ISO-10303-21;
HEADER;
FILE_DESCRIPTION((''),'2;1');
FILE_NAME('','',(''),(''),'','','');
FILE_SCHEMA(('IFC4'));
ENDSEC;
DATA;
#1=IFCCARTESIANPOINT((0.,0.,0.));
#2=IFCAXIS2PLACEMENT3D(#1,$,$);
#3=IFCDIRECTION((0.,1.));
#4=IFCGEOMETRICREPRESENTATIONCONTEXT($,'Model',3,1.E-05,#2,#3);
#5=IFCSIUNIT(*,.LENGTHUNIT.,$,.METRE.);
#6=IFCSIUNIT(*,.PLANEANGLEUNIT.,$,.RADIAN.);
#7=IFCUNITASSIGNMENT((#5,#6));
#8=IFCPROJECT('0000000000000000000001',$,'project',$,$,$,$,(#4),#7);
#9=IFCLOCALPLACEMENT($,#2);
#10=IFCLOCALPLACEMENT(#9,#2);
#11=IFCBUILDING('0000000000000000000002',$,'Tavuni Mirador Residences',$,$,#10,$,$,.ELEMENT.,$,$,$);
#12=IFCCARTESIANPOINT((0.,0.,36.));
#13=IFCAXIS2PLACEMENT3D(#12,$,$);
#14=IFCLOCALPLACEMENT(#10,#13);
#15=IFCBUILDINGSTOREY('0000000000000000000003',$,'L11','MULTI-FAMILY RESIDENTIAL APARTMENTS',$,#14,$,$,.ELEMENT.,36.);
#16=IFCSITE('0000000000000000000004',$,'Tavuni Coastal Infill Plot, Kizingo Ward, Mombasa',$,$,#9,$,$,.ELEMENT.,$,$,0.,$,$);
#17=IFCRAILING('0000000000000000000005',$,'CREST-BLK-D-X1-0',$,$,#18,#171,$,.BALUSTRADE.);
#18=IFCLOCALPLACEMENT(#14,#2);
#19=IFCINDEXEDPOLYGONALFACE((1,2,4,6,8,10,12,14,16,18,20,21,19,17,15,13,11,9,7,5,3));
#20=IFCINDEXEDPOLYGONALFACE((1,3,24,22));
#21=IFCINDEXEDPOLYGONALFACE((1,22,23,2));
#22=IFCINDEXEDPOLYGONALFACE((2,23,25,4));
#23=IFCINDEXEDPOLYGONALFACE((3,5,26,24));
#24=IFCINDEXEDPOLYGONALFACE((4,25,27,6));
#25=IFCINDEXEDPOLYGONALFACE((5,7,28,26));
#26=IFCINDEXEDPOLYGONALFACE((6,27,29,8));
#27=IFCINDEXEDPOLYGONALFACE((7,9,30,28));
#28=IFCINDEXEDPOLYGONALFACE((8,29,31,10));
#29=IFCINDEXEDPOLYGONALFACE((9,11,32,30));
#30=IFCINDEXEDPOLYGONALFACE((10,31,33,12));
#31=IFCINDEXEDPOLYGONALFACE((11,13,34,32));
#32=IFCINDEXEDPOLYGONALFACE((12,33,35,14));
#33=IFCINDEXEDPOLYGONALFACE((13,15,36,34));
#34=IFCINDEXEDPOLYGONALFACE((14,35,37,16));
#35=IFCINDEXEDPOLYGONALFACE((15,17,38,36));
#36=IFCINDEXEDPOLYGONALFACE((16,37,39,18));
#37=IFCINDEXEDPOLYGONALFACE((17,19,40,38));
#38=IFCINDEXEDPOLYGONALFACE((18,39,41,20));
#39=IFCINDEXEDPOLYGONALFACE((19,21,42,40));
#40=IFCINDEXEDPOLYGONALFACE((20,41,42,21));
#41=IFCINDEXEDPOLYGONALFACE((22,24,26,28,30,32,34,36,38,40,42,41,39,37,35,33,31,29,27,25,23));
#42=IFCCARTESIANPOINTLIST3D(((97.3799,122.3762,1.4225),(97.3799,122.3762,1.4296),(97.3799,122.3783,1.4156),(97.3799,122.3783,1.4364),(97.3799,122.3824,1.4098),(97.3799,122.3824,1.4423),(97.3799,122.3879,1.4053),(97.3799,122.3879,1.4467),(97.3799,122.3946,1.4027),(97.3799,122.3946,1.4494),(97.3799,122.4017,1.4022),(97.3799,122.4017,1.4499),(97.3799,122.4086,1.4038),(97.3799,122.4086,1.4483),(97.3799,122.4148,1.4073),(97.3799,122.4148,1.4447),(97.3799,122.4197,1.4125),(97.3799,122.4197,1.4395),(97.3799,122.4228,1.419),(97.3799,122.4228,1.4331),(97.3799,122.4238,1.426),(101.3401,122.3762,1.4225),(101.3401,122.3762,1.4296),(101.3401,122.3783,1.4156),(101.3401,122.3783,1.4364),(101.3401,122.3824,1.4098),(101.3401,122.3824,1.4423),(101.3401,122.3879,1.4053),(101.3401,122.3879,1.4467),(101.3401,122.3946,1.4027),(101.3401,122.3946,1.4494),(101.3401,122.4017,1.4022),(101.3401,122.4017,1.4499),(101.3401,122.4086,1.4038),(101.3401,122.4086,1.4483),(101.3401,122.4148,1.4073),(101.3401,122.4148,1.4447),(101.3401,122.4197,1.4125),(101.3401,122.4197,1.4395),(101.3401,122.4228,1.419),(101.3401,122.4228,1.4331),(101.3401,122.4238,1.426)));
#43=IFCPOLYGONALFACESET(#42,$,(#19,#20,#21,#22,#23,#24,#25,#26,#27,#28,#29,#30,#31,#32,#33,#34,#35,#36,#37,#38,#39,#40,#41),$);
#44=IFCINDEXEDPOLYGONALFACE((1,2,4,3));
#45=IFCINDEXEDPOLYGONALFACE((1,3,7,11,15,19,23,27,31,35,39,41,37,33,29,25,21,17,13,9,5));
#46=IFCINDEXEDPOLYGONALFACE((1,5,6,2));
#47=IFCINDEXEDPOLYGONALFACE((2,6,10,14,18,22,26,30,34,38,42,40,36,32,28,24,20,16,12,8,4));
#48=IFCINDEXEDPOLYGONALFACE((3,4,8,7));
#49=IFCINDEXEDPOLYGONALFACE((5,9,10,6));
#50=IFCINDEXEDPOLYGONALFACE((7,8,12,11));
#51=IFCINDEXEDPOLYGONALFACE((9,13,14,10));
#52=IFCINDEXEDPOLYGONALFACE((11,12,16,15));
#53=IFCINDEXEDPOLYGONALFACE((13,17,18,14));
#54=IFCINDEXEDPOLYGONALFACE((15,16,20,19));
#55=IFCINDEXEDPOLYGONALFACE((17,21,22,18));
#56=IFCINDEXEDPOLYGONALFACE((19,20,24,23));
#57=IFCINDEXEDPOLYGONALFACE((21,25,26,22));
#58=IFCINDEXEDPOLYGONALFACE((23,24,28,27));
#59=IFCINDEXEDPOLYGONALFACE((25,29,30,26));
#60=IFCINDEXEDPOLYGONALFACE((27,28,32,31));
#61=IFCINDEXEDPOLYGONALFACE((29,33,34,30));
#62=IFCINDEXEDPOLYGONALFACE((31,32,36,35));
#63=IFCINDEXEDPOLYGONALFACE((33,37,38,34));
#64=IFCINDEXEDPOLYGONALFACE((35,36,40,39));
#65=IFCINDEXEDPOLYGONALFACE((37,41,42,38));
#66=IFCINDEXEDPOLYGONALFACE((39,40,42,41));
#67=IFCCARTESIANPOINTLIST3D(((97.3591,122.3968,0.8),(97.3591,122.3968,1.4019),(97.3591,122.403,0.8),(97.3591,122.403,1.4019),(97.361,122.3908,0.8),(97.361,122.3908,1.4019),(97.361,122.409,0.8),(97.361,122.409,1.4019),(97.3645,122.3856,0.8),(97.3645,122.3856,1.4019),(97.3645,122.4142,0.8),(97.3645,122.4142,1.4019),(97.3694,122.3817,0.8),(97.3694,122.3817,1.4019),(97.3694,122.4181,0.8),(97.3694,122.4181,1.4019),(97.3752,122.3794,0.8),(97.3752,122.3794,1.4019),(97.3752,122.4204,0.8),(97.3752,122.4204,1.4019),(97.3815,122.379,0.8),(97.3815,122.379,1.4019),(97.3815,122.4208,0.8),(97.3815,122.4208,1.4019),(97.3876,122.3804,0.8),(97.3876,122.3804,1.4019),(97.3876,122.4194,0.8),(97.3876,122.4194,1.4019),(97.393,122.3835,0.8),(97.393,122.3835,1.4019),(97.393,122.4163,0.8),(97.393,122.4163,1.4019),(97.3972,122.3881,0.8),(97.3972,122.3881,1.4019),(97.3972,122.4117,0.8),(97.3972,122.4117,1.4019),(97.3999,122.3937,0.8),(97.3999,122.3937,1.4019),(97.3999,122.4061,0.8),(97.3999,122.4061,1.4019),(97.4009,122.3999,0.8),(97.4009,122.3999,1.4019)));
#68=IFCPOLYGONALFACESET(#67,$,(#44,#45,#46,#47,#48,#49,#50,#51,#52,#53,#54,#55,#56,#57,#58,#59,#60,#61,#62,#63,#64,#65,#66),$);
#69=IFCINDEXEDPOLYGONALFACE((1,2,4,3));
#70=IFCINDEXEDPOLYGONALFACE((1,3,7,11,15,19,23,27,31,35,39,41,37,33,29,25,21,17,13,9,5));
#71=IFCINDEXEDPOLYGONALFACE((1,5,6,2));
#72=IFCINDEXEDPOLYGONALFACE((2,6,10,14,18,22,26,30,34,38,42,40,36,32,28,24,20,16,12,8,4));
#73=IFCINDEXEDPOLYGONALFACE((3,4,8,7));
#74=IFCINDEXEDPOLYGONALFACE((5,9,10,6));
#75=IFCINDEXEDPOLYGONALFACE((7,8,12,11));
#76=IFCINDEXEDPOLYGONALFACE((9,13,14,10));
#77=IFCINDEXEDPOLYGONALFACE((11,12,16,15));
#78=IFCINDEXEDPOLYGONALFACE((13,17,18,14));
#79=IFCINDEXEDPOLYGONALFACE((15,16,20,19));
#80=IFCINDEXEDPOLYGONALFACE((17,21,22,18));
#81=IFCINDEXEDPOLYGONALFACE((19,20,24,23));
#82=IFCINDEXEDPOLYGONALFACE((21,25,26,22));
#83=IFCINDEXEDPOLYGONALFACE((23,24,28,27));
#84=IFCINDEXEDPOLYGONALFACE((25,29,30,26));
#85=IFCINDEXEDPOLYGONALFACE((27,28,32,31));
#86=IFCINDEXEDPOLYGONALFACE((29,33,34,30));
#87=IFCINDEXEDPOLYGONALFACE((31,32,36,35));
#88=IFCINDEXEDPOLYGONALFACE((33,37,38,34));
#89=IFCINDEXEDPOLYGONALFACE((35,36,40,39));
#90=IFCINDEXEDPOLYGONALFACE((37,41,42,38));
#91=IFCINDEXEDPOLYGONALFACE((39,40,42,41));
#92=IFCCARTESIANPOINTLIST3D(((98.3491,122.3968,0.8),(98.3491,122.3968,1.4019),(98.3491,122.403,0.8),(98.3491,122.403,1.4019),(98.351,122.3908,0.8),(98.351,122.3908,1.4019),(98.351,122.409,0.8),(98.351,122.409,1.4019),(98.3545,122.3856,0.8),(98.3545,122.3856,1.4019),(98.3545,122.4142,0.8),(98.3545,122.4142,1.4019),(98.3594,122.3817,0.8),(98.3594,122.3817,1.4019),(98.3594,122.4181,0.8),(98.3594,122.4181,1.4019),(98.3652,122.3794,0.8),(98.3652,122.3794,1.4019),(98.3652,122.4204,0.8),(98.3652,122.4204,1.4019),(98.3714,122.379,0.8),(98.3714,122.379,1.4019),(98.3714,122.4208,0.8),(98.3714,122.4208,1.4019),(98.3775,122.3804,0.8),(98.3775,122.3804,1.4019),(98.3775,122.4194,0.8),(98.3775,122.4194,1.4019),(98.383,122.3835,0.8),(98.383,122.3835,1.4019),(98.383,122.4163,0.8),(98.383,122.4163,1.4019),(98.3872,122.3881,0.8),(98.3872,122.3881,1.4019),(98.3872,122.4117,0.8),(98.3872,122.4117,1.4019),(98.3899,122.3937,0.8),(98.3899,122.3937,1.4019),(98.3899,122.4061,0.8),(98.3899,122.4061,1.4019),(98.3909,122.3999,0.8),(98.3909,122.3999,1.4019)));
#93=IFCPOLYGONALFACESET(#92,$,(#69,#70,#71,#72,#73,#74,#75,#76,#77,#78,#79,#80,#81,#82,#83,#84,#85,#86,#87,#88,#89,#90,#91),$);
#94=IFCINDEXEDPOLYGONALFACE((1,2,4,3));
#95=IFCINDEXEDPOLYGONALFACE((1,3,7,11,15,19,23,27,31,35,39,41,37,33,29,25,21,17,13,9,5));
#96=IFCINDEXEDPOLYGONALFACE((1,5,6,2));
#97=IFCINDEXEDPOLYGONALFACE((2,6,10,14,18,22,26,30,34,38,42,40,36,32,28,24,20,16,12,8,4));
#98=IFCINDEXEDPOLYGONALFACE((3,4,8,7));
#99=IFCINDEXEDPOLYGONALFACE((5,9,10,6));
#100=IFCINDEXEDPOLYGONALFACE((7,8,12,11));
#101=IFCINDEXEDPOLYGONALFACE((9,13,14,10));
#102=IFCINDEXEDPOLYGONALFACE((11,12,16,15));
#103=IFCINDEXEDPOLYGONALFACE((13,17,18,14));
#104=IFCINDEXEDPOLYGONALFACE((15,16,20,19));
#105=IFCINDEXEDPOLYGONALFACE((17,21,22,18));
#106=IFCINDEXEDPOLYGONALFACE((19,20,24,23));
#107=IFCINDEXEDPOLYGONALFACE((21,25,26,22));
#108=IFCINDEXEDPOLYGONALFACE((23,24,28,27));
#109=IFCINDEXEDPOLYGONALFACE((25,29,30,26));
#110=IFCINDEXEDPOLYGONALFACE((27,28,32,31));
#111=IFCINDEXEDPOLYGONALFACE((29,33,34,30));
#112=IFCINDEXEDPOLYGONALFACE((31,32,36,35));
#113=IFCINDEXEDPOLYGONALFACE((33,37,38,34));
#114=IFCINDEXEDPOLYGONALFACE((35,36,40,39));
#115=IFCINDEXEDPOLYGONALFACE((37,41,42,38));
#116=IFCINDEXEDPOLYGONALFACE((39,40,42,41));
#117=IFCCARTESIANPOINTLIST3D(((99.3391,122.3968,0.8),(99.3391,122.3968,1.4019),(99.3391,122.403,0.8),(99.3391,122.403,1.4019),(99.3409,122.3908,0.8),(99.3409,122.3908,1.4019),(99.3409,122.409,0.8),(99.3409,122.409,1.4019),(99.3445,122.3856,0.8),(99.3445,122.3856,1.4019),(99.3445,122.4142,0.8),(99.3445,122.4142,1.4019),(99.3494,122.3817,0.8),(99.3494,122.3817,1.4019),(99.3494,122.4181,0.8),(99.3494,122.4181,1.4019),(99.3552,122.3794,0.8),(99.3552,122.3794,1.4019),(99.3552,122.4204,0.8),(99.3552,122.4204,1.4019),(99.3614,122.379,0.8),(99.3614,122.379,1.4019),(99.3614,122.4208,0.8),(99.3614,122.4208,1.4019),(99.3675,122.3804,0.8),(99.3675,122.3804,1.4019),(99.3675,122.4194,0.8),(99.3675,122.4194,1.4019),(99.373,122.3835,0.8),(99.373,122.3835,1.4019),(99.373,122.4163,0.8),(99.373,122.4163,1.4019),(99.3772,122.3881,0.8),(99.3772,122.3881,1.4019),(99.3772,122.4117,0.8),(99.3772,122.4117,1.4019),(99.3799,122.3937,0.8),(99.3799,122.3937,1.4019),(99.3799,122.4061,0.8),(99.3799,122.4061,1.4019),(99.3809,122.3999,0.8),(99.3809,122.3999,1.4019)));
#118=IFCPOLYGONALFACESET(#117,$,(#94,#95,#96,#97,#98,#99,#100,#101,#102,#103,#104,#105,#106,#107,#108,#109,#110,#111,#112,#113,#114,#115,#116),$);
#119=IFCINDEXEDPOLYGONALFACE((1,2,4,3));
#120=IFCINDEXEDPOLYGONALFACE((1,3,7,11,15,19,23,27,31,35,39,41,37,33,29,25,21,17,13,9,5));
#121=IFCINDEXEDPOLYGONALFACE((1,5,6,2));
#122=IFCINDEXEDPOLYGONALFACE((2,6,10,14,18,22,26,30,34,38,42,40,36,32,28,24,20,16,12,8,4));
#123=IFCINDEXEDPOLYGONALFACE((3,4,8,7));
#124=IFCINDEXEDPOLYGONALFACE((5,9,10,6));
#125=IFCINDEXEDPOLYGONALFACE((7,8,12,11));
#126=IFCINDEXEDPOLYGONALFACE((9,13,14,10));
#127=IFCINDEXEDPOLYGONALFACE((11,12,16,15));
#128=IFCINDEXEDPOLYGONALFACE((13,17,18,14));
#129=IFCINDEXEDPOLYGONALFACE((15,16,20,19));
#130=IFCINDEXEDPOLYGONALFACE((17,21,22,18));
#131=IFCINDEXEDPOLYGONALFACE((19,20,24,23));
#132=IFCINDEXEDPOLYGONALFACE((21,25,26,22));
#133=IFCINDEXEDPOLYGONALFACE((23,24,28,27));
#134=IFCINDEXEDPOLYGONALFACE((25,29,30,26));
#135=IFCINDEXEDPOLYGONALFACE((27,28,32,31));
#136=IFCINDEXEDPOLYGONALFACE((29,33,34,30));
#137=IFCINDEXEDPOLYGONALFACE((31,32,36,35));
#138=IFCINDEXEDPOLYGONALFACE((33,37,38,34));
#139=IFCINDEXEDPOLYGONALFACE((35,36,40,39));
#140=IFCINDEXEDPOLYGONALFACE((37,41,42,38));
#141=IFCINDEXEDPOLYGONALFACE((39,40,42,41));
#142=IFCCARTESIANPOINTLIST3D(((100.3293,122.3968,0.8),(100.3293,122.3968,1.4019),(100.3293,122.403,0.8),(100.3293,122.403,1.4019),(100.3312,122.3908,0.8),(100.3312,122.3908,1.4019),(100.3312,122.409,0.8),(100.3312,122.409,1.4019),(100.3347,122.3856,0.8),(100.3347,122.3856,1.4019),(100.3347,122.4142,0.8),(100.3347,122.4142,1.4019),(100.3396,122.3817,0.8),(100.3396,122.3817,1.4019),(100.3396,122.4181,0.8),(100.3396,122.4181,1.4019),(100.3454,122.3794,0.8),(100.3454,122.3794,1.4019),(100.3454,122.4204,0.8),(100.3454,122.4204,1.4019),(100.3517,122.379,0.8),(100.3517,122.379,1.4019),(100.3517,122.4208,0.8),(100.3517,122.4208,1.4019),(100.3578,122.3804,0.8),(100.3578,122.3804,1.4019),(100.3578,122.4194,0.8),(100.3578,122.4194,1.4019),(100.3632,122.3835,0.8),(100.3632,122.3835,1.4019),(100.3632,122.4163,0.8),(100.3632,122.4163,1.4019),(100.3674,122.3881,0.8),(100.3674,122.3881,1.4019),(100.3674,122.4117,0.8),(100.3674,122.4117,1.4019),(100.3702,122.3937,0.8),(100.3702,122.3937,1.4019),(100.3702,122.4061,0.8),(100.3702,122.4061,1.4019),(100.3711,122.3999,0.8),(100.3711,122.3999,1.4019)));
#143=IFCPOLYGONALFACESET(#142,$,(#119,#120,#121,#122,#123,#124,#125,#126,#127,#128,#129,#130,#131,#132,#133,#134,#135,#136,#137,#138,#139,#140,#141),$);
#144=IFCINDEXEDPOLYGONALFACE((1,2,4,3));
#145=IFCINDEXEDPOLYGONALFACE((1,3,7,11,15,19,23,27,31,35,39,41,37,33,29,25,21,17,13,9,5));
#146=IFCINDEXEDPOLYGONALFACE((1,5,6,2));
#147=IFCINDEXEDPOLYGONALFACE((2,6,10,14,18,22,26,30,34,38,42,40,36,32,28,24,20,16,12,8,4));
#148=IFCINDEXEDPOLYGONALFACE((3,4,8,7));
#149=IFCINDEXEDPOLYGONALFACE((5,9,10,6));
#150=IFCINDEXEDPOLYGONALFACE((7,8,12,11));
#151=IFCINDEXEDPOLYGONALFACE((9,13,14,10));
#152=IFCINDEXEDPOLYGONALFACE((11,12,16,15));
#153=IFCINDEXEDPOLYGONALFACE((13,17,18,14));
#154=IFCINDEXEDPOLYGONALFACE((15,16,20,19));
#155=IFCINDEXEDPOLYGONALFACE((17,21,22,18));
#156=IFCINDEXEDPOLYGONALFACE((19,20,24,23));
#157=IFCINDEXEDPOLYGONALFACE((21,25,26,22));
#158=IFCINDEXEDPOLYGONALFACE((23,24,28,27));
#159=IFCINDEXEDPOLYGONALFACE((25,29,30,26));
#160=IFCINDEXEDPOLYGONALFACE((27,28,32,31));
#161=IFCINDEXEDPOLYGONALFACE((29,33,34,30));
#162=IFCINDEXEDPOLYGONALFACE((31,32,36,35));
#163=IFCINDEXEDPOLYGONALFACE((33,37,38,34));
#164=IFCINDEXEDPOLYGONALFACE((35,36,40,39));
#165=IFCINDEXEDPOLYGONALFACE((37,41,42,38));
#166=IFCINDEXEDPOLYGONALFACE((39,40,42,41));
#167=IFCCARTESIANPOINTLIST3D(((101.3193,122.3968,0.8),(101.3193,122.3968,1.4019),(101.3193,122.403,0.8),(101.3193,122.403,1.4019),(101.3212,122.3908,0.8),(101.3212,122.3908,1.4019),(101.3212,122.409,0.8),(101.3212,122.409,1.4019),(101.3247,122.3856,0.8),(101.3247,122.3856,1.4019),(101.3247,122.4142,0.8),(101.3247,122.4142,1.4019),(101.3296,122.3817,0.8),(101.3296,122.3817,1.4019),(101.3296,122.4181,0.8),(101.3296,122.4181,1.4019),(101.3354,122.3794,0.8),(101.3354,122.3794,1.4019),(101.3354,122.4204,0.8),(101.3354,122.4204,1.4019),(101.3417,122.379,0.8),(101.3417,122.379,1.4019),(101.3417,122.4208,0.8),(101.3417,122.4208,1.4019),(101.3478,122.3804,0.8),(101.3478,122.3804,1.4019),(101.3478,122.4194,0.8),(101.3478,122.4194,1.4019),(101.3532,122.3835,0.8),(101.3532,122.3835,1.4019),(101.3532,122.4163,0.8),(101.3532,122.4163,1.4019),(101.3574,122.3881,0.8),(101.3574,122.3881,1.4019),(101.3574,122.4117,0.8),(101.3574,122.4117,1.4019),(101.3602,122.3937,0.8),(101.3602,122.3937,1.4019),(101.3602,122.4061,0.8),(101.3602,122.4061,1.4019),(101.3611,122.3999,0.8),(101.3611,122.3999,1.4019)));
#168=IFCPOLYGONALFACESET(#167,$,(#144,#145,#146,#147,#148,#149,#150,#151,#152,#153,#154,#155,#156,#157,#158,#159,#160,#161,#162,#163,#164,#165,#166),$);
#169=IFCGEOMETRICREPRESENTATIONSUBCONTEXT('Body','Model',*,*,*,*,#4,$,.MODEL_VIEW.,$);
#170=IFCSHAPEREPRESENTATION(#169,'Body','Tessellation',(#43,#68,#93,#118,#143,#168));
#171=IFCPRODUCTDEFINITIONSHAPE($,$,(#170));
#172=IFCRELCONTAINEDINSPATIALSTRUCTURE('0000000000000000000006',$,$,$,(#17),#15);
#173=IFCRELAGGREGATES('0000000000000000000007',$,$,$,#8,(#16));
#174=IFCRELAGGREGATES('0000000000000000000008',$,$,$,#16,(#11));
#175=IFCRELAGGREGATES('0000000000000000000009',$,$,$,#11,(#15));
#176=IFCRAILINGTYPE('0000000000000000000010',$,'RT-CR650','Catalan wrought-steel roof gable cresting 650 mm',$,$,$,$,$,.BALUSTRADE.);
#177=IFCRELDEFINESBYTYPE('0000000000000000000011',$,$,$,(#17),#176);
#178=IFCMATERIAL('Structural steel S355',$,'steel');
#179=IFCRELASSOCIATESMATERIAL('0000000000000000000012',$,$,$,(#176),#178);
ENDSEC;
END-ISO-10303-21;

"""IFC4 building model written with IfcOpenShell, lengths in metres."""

from ifc_helpers import new_model, si_unit, direction, frame, origin, origin_2d, place, context, subcontext, project, spatial, circle, extrude, material, type_object, element, save


model = new_model("IFC4")

# Units and contexts
model_context = context("Model", 3, precision=1e-05, world=origin(), true_north=direction((0.0, 1.0)))
body_context = subcontext(model_context, "Body", "Model", "MODEL_VIEW")
ifc_project = project(units=[si_unit("LENGTHUNIT", "METRE"), si_unit("PLANEANGLEUNIT", "RADIAN")], contexts=[model_context])

# Site, building, storey
site_placement = place(None, origin())
site = spatial("IfcSite", under=ifc_project, at=site_placement, Name="Tavuni Coastal Infill Plot, Kizingo Ward, Mombasa", CompositionType="ELEMENT", RefElevation=0.0)
building_placement = place(site_placement, origin())
building = spatial("IfcBuilding", under=site, at=building_placement, Name="Tavuni Mirador Residences", CompositionType="ELEMENT")
storey_placement = place(building_placement, frame((0.0, 0.0, 36.0)))
storey = spatial("IfcBuildingStorey", under=building, at=storey_placement, Name="L11", Description="MULTI-FAMILY RESIDENTIAL APARTMENTS", CompositionType="ELEMENT", Elevation=36.0)

# Shared definitions
ifc_material_1 = material(Name="Structural steel S355", Category="steel")

# Railing
railing_type = type_object("IfcRailingType", Name="RT-CR650", Description="Catalan wrought-steel roof gable cresting 650 mm", PredefinedType="BALUSTRADE", material=ifc_material_1)
railing_placement = place(storey_placement, frame((97.3799, 122.3999, 0.8)))
element("IfcRailing", 1, at=railing_placement, inside=storey, type_object=railing_type, Name="CREST-BLK-D-X1-0", PredefinedType="BALUSTRADE", context=body_context, shape_type="SweptSolid", body=[
    extrude(circle(Radius=0.0239, at=origin_2d()), frame((0.0, 0.0, 0.626), z_axis=(1.0, 0.0, 0.0), x_axis=(0.0, 1.0, 0.0)), (0.0, 0.0, 1.0), 3.9602),
    extrude(circle(Radius=0.021, at=origin_2d()), origin(), (0.0, 0.0, 1.0), 0.6018),
    extrude(circle(Radius=0.021, at=origin_2d()), frame((0.99, 0.0, 0.0)), (0.0, 0.0, 1.0), 0.6018),
    extrude(circle(Radius=0.021, at=origin_2d()), frame((1.98, 0.0, 0.0)), (0.0, 0.0, 1.0), 0.6018),
    extrude(circle(Radius=0.021, at=origin_2d()), frame((2.9702, 0.0, 0.0)), (0.0, 0.0, 1.0), 0.6018),
    extrude(circle(Radius=0.021, at=origin_2d()), frame((3.9602, 0.0, 0.0)), (0.0, 0.0, 1.0), 0.6018),
])

save(model, "model.ifc")
